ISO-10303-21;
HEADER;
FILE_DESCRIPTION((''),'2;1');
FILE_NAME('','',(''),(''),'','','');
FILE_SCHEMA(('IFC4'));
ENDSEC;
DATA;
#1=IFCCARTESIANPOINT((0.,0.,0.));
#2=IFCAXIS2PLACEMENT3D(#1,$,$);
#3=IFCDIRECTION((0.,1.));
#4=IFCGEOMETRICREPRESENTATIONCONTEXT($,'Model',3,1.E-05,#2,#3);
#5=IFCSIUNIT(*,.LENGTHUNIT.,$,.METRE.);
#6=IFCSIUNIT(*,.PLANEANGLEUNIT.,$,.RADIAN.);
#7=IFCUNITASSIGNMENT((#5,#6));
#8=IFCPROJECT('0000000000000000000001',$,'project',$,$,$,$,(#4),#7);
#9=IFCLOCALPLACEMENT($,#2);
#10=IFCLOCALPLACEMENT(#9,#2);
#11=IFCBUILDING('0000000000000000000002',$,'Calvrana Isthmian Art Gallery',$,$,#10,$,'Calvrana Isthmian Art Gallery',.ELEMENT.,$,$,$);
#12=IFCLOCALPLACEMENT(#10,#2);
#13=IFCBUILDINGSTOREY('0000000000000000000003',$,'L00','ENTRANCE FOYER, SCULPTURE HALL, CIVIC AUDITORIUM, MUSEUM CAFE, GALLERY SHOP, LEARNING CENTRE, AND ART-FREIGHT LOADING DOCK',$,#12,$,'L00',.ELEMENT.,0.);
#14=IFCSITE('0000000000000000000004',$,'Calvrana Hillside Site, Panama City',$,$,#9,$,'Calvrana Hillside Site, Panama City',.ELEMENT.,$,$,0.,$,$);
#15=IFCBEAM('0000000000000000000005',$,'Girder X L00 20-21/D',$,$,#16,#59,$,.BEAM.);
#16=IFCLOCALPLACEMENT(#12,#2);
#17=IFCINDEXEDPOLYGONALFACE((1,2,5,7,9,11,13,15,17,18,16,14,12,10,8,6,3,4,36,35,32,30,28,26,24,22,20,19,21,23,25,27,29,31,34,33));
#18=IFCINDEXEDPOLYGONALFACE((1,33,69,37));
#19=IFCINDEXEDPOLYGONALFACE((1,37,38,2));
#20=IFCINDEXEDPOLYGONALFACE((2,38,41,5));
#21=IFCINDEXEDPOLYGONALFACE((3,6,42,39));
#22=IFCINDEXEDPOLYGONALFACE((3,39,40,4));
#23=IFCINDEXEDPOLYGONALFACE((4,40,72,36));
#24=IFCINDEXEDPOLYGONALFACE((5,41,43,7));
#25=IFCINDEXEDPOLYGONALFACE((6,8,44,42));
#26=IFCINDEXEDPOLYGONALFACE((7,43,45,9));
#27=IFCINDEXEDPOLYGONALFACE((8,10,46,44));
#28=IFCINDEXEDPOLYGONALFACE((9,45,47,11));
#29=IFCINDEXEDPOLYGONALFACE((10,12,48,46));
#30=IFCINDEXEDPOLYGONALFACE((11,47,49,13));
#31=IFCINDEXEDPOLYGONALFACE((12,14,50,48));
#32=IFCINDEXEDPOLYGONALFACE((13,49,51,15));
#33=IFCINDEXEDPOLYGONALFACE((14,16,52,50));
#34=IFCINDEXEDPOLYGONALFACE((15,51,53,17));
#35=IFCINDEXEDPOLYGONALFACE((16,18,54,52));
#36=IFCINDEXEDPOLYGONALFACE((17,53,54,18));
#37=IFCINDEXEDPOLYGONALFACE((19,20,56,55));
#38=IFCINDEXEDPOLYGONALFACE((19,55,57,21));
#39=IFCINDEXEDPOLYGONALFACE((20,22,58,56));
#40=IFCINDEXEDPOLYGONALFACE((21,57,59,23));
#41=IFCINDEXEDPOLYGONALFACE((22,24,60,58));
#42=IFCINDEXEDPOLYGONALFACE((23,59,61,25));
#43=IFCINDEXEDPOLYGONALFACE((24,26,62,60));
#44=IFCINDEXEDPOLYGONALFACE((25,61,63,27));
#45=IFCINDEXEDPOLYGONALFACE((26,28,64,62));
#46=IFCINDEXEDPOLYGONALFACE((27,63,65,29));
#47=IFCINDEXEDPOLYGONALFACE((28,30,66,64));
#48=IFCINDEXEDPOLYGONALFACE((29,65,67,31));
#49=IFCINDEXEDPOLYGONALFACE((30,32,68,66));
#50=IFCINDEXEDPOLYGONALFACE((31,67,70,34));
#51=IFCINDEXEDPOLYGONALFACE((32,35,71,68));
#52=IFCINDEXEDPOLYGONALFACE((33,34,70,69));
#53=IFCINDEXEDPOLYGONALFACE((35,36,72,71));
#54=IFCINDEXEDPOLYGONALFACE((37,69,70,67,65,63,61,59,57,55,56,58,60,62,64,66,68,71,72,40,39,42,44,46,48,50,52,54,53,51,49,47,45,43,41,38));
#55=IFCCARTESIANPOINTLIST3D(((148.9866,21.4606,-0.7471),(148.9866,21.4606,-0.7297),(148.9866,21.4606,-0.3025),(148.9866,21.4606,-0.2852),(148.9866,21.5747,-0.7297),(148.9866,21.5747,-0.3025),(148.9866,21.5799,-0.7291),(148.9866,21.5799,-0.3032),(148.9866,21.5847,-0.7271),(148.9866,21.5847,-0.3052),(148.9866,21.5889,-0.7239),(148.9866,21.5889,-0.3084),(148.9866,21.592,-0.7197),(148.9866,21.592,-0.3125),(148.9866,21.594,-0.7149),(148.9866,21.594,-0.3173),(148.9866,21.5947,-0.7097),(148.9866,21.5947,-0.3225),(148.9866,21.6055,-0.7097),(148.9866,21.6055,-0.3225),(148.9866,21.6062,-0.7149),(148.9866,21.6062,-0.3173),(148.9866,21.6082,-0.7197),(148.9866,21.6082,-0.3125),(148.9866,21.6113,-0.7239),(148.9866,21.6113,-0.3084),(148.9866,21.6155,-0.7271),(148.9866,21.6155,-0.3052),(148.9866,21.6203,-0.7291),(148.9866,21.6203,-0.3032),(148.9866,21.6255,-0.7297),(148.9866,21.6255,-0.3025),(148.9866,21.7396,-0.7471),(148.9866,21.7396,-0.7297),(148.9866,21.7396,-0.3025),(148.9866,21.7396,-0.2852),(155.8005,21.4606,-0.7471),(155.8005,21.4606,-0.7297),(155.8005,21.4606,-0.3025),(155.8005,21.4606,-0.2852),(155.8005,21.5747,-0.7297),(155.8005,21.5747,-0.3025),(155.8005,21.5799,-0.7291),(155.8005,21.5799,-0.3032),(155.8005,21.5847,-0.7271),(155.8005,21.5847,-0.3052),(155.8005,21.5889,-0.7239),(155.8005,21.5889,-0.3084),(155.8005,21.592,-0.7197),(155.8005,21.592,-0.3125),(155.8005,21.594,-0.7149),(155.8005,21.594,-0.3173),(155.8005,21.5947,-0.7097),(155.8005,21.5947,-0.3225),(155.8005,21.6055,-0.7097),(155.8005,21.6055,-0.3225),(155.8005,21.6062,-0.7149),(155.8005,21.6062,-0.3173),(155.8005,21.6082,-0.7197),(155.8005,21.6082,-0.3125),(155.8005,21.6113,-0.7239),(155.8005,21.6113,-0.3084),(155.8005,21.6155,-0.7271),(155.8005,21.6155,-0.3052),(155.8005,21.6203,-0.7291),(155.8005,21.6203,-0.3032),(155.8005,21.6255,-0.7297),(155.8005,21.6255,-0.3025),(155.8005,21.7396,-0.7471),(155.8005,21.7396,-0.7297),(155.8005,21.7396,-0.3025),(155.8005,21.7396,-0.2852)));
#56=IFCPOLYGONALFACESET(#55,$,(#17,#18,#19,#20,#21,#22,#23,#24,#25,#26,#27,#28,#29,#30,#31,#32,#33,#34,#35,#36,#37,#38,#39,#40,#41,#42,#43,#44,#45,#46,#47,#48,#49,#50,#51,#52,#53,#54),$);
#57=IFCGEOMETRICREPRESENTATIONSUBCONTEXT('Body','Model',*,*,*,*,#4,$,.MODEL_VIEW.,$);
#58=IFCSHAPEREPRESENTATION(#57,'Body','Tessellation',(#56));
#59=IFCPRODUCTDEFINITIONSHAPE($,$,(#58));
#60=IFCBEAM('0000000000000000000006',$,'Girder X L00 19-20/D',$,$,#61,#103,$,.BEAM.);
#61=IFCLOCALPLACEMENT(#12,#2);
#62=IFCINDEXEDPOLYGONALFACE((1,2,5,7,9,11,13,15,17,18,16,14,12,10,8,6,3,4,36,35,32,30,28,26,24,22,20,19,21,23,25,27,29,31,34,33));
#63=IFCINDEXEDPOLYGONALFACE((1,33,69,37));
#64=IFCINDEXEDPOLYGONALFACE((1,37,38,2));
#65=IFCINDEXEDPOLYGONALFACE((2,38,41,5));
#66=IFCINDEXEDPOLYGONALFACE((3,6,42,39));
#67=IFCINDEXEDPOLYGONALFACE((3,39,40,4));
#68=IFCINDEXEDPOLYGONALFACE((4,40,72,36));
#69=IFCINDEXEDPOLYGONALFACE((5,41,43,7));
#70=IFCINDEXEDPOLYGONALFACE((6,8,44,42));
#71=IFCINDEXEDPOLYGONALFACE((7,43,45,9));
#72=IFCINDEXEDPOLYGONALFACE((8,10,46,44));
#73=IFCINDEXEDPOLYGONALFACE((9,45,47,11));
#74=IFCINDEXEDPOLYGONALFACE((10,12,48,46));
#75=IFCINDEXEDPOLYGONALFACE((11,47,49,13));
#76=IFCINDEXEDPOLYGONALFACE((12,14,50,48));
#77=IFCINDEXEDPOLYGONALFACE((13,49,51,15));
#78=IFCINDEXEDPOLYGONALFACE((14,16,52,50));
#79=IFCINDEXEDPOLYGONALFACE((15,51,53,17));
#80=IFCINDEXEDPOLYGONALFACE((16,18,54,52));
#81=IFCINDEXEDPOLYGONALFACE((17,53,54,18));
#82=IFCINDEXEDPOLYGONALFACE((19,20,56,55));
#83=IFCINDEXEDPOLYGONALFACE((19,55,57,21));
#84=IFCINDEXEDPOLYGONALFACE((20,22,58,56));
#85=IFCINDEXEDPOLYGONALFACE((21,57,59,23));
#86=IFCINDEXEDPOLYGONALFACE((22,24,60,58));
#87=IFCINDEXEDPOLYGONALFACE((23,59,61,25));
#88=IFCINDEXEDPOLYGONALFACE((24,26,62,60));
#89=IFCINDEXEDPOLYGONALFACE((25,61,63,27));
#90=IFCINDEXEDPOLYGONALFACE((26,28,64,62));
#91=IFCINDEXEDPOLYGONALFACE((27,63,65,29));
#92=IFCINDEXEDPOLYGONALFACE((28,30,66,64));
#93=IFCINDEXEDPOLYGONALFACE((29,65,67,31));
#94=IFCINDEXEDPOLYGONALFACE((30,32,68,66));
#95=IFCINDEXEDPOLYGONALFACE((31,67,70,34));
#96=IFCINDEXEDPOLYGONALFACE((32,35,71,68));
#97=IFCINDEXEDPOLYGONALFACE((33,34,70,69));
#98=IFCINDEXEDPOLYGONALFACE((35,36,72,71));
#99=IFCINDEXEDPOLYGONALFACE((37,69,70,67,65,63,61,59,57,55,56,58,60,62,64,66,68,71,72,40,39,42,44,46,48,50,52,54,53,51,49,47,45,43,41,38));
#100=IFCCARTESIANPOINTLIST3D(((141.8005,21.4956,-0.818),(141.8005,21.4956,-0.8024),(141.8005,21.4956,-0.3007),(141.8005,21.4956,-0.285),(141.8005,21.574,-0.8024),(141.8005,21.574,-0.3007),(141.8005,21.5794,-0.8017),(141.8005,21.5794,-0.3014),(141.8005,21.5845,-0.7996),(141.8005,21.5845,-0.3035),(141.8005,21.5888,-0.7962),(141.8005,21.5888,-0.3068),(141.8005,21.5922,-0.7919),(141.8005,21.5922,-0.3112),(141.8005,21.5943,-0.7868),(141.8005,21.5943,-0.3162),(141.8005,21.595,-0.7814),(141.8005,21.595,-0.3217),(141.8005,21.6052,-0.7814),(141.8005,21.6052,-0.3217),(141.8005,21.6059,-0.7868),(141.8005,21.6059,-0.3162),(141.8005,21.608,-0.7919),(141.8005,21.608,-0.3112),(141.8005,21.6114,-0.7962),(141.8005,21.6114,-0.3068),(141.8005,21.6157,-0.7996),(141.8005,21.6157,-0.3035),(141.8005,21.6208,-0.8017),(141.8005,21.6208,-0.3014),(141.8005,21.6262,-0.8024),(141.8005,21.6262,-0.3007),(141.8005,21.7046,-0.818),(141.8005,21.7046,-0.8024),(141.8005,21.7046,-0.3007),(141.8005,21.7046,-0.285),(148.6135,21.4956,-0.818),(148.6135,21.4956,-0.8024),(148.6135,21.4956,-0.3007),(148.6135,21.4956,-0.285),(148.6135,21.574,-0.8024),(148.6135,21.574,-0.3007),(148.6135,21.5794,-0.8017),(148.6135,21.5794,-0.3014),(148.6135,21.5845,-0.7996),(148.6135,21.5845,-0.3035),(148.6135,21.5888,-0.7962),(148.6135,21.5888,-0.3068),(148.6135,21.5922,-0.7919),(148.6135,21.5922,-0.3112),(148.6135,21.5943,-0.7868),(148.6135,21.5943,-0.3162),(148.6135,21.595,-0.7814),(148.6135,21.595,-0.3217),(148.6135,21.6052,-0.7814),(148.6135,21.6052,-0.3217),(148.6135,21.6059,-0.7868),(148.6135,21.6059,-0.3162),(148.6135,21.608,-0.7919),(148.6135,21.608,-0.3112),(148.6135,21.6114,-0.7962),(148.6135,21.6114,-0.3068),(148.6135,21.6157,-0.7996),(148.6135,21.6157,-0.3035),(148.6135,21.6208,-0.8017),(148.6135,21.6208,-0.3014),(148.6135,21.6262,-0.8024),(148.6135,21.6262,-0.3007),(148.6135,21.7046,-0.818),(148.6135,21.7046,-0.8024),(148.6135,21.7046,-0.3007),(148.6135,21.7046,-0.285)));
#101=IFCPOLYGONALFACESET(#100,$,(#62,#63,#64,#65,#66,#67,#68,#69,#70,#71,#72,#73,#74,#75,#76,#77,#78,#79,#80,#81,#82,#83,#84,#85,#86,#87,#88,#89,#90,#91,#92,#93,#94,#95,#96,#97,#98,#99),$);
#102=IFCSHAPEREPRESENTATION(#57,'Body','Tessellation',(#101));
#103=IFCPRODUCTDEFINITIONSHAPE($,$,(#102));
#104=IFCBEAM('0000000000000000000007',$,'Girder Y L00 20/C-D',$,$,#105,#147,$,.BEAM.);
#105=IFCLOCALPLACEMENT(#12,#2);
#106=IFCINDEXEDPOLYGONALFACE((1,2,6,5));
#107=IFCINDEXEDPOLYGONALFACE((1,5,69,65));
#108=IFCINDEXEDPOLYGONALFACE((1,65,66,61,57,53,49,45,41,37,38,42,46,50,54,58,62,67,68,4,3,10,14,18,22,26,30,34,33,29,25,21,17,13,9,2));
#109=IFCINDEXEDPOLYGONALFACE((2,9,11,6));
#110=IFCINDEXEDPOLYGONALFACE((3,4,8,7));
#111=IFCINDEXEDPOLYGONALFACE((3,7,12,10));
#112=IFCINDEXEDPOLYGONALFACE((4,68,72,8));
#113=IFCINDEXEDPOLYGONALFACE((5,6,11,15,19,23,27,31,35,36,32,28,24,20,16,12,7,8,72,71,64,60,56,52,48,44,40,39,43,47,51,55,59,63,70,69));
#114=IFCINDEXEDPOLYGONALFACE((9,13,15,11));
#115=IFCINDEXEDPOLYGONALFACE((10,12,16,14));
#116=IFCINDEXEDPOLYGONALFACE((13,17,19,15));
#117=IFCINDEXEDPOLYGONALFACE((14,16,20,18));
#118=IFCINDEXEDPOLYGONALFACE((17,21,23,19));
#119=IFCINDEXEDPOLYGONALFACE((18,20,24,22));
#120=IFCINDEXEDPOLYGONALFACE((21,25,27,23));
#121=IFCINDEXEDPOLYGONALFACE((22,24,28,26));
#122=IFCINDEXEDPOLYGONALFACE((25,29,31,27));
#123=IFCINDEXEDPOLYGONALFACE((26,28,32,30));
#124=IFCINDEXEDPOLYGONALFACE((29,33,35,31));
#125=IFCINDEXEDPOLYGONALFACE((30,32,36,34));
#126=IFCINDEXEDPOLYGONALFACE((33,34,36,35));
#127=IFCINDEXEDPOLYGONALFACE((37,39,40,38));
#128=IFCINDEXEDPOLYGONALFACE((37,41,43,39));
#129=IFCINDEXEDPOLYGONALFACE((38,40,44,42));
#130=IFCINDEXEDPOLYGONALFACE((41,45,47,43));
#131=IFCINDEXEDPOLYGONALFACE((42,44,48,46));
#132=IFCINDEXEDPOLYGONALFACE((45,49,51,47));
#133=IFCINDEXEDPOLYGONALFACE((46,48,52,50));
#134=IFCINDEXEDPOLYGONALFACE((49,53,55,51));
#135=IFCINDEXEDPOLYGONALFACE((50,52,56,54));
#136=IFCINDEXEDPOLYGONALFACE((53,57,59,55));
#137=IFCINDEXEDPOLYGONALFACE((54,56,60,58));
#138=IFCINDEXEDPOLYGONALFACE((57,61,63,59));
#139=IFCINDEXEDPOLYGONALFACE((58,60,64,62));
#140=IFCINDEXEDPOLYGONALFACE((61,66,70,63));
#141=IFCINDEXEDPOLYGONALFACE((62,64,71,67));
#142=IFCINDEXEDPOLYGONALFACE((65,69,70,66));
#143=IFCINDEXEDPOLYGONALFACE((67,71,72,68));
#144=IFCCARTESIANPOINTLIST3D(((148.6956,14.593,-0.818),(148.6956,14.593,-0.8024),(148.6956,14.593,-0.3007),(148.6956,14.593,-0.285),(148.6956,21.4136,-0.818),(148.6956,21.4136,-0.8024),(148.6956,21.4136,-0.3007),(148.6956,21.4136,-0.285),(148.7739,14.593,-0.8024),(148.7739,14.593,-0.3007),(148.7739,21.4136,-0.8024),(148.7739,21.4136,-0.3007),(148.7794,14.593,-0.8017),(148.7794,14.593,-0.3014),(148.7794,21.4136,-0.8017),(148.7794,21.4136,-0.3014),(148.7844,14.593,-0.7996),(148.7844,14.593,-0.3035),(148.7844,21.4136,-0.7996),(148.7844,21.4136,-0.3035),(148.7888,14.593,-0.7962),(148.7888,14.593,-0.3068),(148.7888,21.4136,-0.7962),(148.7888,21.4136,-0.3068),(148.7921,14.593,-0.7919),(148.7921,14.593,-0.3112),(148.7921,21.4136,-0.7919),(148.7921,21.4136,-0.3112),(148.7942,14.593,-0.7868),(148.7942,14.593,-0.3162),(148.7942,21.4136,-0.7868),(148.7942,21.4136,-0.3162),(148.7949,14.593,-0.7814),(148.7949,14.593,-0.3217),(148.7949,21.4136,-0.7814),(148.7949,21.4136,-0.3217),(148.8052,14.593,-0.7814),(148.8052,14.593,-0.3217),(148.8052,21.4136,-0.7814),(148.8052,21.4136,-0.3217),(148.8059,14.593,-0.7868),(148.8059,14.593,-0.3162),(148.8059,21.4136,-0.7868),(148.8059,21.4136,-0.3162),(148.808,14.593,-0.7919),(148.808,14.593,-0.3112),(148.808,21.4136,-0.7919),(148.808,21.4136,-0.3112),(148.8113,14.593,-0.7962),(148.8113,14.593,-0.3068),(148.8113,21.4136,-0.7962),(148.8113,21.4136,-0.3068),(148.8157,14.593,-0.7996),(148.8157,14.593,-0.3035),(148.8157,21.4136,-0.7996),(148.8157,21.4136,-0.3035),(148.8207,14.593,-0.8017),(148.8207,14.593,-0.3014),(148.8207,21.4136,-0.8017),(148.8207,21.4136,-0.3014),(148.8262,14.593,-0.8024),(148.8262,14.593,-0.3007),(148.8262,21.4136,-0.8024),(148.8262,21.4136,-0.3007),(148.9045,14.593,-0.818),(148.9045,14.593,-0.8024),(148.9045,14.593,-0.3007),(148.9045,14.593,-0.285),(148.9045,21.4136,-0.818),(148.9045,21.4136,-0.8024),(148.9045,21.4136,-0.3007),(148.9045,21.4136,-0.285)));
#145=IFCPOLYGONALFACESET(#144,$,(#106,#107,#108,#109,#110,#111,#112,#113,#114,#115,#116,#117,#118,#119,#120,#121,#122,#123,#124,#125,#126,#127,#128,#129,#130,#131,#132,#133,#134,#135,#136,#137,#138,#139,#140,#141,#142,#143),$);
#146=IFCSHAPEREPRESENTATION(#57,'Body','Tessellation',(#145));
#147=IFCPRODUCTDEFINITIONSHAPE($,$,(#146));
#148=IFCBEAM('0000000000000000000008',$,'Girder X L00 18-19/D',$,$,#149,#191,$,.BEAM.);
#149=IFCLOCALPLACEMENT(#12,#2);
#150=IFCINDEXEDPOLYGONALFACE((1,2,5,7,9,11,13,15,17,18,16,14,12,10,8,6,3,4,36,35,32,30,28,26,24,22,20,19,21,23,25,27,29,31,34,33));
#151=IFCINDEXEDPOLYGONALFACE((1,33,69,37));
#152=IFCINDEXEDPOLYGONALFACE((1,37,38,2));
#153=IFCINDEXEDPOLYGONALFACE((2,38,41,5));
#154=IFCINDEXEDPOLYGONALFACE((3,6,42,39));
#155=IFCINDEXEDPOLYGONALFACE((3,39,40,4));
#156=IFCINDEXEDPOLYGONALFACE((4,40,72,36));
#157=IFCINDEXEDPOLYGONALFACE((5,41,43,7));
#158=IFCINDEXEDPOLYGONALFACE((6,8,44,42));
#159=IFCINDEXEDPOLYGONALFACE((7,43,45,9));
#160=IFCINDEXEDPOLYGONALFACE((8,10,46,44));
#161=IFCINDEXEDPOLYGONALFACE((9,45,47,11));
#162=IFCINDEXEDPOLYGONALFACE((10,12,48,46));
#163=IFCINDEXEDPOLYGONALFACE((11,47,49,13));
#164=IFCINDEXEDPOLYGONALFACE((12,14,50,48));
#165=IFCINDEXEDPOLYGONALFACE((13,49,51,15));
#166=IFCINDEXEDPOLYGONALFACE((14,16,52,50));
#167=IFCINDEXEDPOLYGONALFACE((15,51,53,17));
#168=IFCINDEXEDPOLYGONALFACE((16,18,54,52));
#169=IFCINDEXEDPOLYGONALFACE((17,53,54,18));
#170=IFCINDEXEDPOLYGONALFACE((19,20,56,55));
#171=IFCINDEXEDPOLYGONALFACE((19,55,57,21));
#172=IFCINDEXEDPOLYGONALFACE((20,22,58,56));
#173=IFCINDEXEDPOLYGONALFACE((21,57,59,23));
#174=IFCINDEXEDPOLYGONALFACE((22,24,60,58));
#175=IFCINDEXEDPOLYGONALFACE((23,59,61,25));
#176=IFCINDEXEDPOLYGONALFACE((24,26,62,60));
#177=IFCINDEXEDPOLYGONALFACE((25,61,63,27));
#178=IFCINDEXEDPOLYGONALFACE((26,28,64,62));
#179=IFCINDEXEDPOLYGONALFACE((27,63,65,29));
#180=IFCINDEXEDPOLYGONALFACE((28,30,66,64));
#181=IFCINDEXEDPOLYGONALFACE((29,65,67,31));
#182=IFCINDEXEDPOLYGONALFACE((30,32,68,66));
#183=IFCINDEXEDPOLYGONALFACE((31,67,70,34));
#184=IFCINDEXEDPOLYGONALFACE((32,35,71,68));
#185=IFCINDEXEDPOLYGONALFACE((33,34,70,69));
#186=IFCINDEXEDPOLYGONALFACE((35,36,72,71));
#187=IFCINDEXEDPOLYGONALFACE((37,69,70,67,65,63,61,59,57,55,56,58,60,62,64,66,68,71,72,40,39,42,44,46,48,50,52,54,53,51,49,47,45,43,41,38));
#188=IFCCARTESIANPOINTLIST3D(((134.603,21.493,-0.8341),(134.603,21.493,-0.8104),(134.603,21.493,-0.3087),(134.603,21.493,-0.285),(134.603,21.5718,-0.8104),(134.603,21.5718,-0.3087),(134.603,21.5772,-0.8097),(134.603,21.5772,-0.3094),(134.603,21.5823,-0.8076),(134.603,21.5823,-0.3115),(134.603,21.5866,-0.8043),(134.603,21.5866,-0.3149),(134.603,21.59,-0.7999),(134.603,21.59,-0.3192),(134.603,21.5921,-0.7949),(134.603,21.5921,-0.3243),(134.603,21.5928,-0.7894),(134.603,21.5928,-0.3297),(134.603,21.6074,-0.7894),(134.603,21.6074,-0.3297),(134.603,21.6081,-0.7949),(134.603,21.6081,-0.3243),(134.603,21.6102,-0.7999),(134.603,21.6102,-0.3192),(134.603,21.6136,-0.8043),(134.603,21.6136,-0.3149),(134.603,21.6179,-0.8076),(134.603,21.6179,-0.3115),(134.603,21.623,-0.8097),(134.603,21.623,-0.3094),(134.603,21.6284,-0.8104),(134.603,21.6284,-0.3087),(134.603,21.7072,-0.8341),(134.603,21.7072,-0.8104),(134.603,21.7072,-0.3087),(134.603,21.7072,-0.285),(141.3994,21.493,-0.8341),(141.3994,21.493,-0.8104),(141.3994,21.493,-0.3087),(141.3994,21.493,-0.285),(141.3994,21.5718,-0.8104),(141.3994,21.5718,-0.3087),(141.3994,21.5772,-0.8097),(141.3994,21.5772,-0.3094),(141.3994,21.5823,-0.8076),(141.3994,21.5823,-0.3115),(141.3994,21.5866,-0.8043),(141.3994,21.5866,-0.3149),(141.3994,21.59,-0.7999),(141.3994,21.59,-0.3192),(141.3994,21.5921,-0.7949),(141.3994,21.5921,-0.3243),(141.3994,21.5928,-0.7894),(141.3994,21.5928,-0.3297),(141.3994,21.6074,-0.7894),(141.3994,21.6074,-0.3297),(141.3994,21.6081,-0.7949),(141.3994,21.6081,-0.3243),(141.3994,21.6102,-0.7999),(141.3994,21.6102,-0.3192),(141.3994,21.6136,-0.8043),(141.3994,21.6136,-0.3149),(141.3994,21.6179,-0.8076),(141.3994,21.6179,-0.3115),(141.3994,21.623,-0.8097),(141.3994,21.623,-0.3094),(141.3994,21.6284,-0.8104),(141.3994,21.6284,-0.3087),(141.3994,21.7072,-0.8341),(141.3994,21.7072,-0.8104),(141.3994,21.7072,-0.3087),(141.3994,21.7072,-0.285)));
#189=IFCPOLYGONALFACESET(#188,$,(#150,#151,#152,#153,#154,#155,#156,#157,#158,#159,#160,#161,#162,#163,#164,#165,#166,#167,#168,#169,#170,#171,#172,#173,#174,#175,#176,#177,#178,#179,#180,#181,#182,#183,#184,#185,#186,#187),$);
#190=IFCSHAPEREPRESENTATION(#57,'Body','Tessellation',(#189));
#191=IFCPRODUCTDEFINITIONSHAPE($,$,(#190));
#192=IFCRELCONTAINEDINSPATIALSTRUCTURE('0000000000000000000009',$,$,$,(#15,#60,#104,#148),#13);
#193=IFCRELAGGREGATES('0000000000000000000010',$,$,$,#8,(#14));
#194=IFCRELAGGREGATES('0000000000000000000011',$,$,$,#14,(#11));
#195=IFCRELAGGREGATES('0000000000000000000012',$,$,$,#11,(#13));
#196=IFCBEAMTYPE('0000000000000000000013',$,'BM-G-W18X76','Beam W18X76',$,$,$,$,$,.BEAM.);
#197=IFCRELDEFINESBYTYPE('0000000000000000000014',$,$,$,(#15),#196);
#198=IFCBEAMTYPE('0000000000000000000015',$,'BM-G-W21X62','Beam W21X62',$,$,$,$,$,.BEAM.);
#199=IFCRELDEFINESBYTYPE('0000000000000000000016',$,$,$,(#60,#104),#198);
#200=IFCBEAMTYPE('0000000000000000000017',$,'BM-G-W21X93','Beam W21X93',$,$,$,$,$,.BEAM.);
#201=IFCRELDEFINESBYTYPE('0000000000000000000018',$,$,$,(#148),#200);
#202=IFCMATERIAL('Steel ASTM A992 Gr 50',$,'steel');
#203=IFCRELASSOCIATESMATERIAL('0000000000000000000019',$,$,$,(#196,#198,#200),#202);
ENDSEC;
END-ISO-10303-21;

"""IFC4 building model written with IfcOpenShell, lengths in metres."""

from ifc_helpers import new_model, si_unit, direction, frame, origin, origin_2d, place, context, subcontext, project, spatial, i_section, extrude, material, material_profile, profile_set, type_object, element, save


model = new_model("IFC4")

# Units and contexts
model_context = context("Model", 3, precision=1e-05, world=origin(), true_north=direction((0.0, 1.0)))
body_context = subcontext(model_context, "Body", "Model", "MODEL_VIEW")
ifc_project = project(units=[si_unit("LENGTHUNIT", "METRE"), si_unit("PLANEANGLEUNIT", "RADIAN")], contexts=[model_context])

# Site, building, storey
site_placement = place(None, origin())
site = spatial("IfcSite", under=ifc_project, at=site_placement, Name="Calvrana Hillside Site, Panama City", LongName="Calvrana Hillside Site, Panama City", CompositionType="ELEMENT", RefElevation=0.0)
building_placement = place(site_placement, origin())
building = spatial("IfcBuilding", under=site, at=building_placement, Name="Calvrana Isthmian Art Gallery", LongName="Calvrana Isthmian Art Gallery", CompositionType="ELEMENT")
storey_placement = place(building_placement, origin())
storey = spatial("IfcBuildingStorey", under=building, at=storey_placement, Name="L00", Description="ENTRANCE FOYER, SCULPTURE HALL, CIVIC AUDITORIUM, MUSEUM CAFE, GALLERY SHOP, LEARNING CENTRE, AND ART-FREIGHT LOADING DOCK", LongName="L00", CompositionType="ELEMENT", Elevation=0.0)

# Shared definitions
ifc_material_1 = material(Name="Steel ASTM A992 Gr 50", Category="steel")

# Beams
ifc_material_profile_1 = material_profile(ifc_material_1, i_section(OverallWidth=0.2791, OverallDepth=0.4619, WebThickness=0.0107, FlangeThickness=0.0173, FilletRadius=0.02, at=origin_2d()), Name="W18X76")
ifc_profile_set_1 = profile_set([ifc_material_profile_1], Name="Steel ASTM A992 Gr 50")
beam_type_1 = type_object("IfcBeamType", Name="BM-G-W18X76", Description="Beam W18X76", PredefinedType="BEAM", material=ifc_profile_set_1)
beam_1_placement = place(storey_placement, frame((148.9866, 21.6001, -0.5161), z_axis=(1.0, 0.0, 0.0), x_axis=(0.0, 1.0, 0.0)))
element("IfcBeam", 1, at=beam_1_placement, inside=storey, type_object=beam_type_1, Name="Girder X L00 20-21/D", PredefinedType="BEAM", context=body_context, shape_type="SweptSolid", body=[
    extrude(i_section(OverallWidth=0.2791, OverallDepth=0.4619, WebThickness=0.0107, FlangeThickness=0.0173, FilletRadius=0.02, at=origin_2d()), origin(), (0.0, 0.0, 1.0), 6.814),
])
ifc_material_profile_2 = material_profile(ifc_material_1, i_section(OverallWidth=0.209, OverallDepth=0.533, WebThickness=0.0103, FlangeThickness=0.0156, FilletRadius=0.021, at=origin_2d()), Name="W21X62")
ifc_profile_set_2 = profile_set([ifc_material_profile_2], Name="Steel ASTM A992 Gr 50")
beam_type_2 = type_object("IfcBeamType", Name="BM-G-W21X62", Description="Beam W21X62", PredefinedType="BEAM", material=ifc_profile_set_2)
beam_2_placement = place(storey_placement, frame((141.8005, 21.6001, -0.5515), z_axis=(1.0, 0.0, 0.0), x_axis=(0.0, 1.0, 0.0)))
element("IfcBeam", 2, at=beam_2_placement, inside=storey, type_object=beam_type_2, Name="Girder X L00 19-20/D", PredefinedType="BEAM", context=body_context, shape_type="SweptSolid", body=[
    extrude(i_section(OverallWidth=0.209, OverallDepth=0.533, WebThickness=0.0103, FlangeThickness=0.0156, FilletRadius=0.021, at=origin_2d()), origin(), (0.0, 0.0, 1.0), 6.813),
])
beam_3_placement = place(storey_placement, frame((148.8, 14.593, -0.5515), z_axis=(0.0, 1.0, 0.0), x_axis=(-1.0, 0.0, 0.0)))
element("IfcBeam", 3, at=beam_3_placement, inside=storey, type_object=beam_type_2, Name="Girder Y L00 20/C-D", PredefinedType="BEAM", context=body_context, shape_type="SweptSolid", body=[
    extrude(i_section(OverallWidth=0.209, OverallDepth=0.533, WebThickness=0.0103, FlangeThickness=0.0156, FilletRadius=0.021, at=origin_2d()), origin(), (0.0, 0.0, 1.0), 6.8206),
])
ifc_material_profile_3 = material_profile(ifc_material_1, i_section(OverallWidth=0.2141, OverallDepth=0.5491, WebThickness=0.0146, FlangeThickness=0.0237, FilletRadius=0.021, at=origin_2d()), Name="W21X93")
ifc_profile_set_3 = profile_set([ifc_material_profile_3], Name="Steel ASTM A992 Gr 50")
beam_type_3 = type_object("IfcBeamType", Name="BM-G-W21X93", Description="Beam W21X93", PredefinedType="BEAM", material=ifc_profile_set_3)
beam_4_placement = place(storey_placement, frame((134.603, 21.6001, -0.5596), z_axis=(1.0, 0.0, 0.0), x_axis=(0.0, 1.0, 0.0)))
element("IfcBeam", 4, at=beam_4_placement, inside=storey, type_object=beam_type_3, Name="Girder X L00 18-19/D", PredefinedType="BEAM", context=body_context, shape_type="SweptSolid", body=[
    extrude(i_section(OverallWidth=0.2141, OverallDepth=0.5491, WebThickness=0.0146, FlangeThickness=0.0237, FilletRadius=0.021, at=origin_2d()), origin(), (0.0, 0.0, 1.0), 6.7964),
])

save(model, "model.ifc")
